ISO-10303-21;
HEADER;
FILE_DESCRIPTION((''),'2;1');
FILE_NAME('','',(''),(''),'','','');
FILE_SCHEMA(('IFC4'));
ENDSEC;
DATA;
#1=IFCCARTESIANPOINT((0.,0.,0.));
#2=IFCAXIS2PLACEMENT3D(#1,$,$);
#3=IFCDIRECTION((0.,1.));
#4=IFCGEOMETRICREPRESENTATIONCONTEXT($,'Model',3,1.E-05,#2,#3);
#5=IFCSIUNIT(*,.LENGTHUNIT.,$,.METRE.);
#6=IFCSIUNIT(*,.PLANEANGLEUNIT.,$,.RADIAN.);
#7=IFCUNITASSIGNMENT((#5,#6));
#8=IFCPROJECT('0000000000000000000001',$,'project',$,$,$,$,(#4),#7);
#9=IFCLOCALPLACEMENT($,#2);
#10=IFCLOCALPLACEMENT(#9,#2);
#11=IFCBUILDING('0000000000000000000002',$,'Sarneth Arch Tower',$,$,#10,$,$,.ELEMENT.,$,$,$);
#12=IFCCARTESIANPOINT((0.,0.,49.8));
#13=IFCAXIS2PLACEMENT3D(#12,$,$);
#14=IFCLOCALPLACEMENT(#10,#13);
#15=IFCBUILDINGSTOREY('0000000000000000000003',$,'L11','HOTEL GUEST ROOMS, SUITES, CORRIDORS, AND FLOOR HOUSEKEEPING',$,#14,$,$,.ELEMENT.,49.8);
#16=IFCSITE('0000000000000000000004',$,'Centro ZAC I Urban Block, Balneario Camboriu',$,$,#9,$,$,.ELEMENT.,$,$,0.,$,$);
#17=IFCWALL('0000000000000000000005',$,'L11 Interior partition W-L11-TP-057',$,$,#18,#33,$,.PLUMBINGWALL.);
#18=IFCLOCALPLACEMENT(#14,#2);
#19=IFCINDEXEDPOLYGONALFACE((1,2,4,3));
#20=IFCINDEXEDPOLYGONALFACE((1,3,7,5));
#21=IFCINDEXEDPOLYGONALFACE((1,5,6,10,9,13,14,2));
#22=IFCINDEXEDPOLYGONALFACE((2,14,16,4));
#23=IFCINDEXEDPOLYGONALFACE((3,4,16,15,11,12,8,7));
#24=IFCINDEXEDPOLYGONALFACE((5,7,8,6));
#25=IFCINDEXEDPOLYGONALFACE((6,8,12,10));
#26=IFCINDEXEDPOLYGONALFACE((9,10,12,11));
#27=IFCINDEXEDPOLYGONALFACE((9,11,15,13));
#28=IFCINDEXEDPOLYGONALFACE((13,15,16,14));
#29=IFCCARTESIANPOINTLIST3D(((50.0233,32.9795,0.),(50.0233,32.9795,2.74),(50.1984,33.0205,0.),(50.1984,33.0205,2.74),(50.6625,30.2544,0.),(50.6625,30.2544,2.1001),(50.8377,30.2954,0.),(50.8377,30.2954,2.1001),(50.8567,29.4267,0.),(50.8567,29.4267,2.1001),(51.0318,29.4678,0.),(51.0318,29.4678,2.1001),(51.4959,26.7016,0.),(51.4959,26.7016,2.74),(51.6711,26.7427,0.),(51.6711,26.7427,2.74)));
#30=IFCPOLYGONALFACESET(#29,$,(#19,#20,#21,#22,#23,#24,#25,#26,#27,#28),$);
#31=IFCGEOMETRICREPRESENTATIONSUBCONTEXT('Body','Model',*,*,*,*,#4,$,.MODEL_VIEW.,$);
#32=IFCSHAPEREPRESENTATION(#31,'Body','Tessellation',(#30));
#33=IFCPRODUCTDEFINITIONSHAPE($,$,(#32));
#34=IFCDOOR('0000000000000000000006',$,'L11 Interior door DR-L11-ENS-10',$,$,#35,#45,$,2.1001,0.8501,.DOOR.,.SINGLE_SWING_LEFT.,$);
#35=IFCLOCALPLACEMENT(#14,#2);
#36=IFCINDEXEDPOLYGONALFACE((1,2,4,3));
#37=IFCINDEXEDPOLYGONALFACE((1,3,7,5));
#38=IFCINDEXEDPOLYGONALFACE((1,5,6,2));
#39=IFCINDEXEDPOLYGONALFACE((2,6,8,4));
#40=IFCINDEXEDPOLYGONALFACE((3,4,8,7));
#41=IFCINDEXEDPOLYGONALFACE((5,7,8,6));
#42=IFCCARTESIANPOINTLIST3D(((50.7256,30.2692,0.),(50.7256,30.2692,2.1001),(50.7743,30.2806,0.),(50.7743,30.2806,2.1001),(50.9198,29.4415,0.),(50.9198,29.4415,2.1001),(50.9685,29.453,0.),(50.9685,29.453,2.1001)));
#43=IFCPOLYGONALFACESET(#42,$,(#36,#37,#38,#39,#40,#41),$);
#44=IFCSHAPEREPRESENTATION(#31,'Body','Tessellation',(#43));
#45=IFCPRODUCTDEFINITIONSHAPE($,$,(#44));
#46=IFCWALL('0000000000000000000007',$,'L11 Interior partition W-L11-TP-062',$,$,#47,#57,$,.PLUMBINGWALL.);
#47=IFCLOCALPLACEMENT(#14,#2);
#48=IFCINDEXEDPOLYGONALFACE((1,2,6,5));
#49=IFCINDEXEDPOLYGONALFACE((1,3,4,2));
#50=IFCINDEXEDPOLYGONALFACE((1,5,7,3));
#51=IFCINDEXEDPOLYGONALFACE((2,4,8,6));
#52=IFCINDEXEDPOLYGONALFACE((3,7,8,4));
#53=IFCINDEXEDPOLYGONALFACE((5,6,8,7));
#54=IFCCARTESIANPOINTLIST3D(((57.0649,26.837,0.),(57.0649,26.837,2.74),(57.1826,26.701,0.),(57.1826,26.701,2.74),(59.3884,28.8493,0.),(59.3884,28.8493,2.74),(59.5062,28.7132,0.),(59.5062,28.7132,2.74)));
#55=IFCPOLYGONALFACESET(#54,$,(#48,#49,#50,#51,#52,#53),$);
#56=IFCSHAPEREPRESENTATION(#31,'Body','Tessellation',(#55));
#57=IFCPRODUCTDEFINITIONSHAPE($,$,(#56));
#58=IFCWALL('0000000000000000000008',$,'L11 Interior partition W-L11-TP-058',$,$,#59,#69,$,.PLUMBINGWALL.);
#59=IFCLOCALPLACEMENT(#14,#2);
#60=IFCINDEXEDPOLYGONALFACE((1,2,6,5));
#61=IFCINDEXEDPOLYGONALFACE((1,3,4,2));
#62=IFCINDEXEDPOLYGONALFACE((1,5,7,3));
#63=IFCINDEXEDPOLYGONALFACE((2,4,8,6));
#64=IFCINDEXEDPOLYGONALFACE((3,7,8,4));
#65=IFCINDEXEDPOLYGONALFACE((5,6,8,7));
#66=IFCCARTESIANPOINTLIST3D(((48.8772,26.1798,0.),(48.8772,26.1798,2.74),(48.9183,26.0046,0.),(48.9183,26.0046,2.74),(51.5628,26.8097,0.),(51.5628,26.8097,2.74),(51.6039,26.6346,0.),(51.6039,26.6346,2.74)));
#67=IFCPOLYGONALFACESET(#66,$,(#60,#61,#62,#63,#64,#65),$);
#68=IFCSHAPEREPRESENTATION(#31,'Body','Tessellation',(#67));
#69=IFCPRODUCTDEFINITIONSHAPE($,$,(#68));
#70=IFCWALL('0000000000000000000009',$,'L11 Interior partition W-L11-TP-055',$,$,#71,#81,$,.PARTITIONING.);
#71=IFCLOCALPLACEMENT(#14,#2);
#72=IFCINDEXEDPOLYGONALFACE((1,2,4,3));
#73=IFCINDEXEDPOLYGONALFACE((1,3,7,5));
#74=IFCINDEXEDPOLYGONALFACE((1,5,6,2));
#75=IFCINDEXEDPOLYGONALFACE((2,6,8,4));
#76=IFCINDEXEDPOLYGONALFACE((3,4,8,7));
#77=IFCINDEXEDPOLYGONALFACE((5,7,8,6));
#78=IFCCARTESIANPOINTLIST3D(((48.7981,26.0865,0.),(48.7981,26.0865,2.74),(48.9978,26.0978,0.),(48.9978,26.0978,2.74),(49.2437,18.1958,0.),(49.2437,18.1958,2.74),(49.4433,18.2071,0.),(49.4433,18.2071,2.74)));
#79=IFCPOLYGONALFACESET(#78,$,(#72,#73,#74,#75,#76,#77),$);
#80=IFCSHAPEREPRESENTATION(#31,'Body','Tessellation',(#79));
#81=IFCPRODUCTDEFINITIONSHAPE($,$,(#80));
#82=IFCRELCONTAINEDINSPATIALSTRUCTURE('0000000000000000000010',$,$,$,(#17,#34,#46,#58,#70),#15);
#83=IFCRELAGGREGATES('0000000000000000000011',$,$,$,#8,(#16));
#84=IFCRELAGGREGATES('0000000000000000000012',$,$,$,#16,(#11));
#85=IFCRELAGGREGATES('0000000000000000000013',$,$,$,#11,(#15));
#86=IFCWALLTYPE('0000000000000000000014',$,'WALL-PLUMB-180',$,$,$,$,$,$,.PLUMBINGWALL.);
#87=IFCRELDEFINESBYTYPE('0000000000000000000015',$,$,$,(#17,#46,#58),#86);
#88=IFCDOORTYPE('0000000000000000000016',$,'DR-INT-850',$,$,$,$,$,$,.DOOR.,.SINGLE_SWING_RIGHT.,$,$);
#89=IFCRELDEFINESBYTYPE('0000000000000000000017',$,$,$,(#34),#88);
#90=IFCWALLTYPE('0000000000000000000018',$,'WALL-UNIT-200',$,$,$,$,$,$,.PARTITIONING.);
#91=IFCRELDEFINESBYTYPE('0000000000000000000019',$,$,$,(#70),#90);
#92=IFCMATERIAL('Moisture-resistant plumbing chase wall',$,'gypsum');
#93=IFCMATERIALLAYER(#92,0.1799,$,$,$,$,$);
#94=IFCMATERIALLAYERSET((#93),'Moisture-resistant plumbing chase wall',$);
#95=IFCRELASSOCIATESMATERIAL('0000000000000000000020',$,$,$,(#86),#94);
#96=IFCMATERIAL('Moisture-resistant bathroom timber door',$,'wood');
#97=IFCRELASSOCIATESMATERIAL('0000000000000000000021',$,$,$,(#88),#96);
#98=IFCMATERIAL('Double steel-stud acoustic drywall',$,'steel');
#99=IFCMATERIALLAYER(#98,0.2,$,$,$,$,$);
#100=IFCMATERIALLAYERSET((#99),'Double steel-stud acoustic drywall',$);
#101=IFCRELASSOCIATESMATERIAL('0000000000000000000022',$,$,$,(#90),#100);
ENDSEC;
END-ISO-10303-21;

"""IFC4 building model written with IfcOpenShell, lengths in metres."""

from ifc_helpers import new_model, si_unit, direction, frame, frame_2d, origin, place, context, subcontext, project, spatial, rectangle, extrude, material, layer, layer_set, type_object, element, fill, save


model = new_model("IFC4")

# Units and contexts
model_context = context("Model", 3, precision=1e-05, world=origin(), true_north=direction((0.0, 1.0)))
body_context = subcontext(model_context, "Body", "Model", "MODEL_VIEW")
ifc_project = project(units=[si_unit("LENGTHUNIT", "METRE"), si_unit("PLANEANGLEUNIT", "RADIAN")], contexts=[model_context])

# Site, building, storey
site_placement = place(None, origin())
site = spatial("IfcSite", under=ifc_project, at=site_placement, Name="Centro ZAC I Urban Block, Balneario Camboriu", CompositionType="ELEMENT", RefElevation=0.0)
building_placement = place(site_placement, origin())
building = spatial("IfcBuilding", under=site, at=building_placement, Name="Sarneth Arch Tower", CompositionType="ELEMENT")
storey_placement = place(building_placement, frame((0.0, 0.0, 49.8)))
storey = spatial("IfcBuildingStorey", under=building, at=storey_placement, Name="L11", Description="HOTEL GUEST ROOMS, SUITES, CORRIDORS, AND FLOOR HOUSEKEEPING", CompositionType="ELEMENT", Elevation=49.8)

# Shared definitions
ifc_material_1 = material(Name="Moisture-resistant plumbing chase wall", Category="gypsum")
ifc_layer_1 = layer(ifc_material_1, 0.1799)
ifc_layer_set_1 = layer_set([ifc_layer_1], Name="Moisture-resistant plumbing chase wall")
wall_type_1 = type_object("IfcWallType", Name="WALL-PLUMB-180", PredefinedType="PLUMBINGWALL", material=ifc_layer_set_1)

# Wall, opening, door
wall_1_placement = place(storey_placement, frame((50.1108, 33.0, 0.0), z_axis=(0.0, 0.0, 1.0), x_axis=(0.228381, -0.973572, 0.0)))
wall_1 = element("IfcWall", 1, at=wall_1_placement, inside=storey, type_object=wall_type_1, Name="L11 Interior partition W-L11-TP-057", PredefinedType="PLUMBINGWALL", context=body_context, shape_type="SweptSolid", body=[
    extrude(rectangle(XDim=6.4482, YDim=0.1799, at=frame_2d((3.2241, 0.0))), origin(), (0.0, 0.0, 1.0), 2.74),
])
opening_1_placement = place(wall_1_placement, frame((2.7991, 0.0, 0.0)))
opening_1 = element("IfcOpeningElement", 2, at=opening_1_placement, cuts=wall_1, PredefinedType="OPENING", context=body_context, shape_type="SweptSolid", body=[
    extrude(rectangle(XDim=0.8501, YDim=2.1001, at=frame_2d((0.425, 1.05))), frame((0.0, 0.0999, 0.0), z_axis=(0.0, -1.0, 0.0), x_axis=(1.0, 0.0, 0.0)), (0.0, 0.0, 1.0), 0.2),
])
ifc_material_2 = material(Name="Moisture-resistant bathroom timber door", Category="wood")
door_type_1 = type_object("IfcDoorType", Name="DR-INT-850", OperationType="SINGLE_SWING_RIGHT", PredefinedType="DOOR", material=ifc_material_2)
door_1_placement = place(opening_1_placement, origin())
door_1 = element("IfcDoor", 3, at=door_1_placement, inside=storey, type_object=door_type_1, Name="L11 Interior door DR-L11-ENS-10", OperationType="SINGLE_SWING_LEFT", OverallHeight=2.1001, OverallWidth=0.8501, PredefinedType="DOOR", context=body_context, shape_type="SweptSolid", body=[
    extrude(rectangle(XDim=0.8501, YDim=2.1001, at=frame_2d((0.425, 1.05))), frame((0.0, 0.0249, 0.0), z_axis=(0.0, -1.0, 0.0), x_axis=(1.0, 0.0, 0.0)), (0.0, 0.0, 1.0), 0.05),
])
fill(opening_1, door_1)

# Walls
wall_2_placement = place(storey_placement, frame((59.4473, 28.7812, 0.0), z_axis=(0.0, 0.0, 1.0), x_axis=(-0.755928, -0.654655, 0.0)))
element("IfcWall", 4, at=wall_2_placement, inside=storey, type_object=wall_type_1, Name="L11 Interior partition W-L11-TP-062", PredefinedType="PLUMBINGWALL", context=body_context, shape_type="SweptSolid", body=[
    extrude(rectangle(XDim=3.0737, YDim=0.1799, at=frame_2d((1.5369, 0.0))), origin(), (0.0, 0.0, 1.0), 2.74),
])
wall_3_placement = place(storey_placement, frame((51.5835, 26.7222, 0.0), z_axis=(0.0, 0.0, 1.0), x_axis=(-0.973579, -0.228349, 0.0)))
element("IfcWall", 5, at=wall_3_placement, inside=storey, type_object=wall_type_1, Name="L11 Interior partition W-L11-TP-058", PredefinedType="PLUMBINGWALL", context=body_context, shape_type="SweptSolid", body=[
    extrude(rectangle(XDim=2.7585, YDim=0.1799, at=frame_2d((1.3794, 0.0))), origin(), (0.0, 0.0, 1.0), 2.74),
])
ifc_material_3 = material(Name="Double steel-stud acoustic drywall", Category="steel")
ifc_layer_2 = layer(ifc_material_3, 0.2)
ifc_layer_set_2 = layer_set([ifc_layer_2], Name="Double steel-stud acoustic drywall")
wall_type_2 = type_object("IfcWallType", Name="WALL-UNIT-200", PredefinedType="PARTITIONING", material=ifc_layer_set_2)
wall_4_placement = place(storey_placement, frame((49.3435, 18.2014, 0.0), z_axis=(0.0, 0.0, 1.0), x_axis=(-0.056375, 0.99841, 0.0)))
element("IfcWall", 6, at=wall_4_placement, inside=storey, type_object=wall_type_2, Name="L11 Interior partition W-L11-TP-055", PredefinedType="PARTITIONING", context=body_context, shape_type="SweptSolid", body=[
    extrude(rectangle(XDim=7.9033, YDim=0.2, at=frame_2d((3.9517, 0.0))), origin(), (0.0, 0.0, 1.0), 2.74),
])

save(model, "model.ifc")
